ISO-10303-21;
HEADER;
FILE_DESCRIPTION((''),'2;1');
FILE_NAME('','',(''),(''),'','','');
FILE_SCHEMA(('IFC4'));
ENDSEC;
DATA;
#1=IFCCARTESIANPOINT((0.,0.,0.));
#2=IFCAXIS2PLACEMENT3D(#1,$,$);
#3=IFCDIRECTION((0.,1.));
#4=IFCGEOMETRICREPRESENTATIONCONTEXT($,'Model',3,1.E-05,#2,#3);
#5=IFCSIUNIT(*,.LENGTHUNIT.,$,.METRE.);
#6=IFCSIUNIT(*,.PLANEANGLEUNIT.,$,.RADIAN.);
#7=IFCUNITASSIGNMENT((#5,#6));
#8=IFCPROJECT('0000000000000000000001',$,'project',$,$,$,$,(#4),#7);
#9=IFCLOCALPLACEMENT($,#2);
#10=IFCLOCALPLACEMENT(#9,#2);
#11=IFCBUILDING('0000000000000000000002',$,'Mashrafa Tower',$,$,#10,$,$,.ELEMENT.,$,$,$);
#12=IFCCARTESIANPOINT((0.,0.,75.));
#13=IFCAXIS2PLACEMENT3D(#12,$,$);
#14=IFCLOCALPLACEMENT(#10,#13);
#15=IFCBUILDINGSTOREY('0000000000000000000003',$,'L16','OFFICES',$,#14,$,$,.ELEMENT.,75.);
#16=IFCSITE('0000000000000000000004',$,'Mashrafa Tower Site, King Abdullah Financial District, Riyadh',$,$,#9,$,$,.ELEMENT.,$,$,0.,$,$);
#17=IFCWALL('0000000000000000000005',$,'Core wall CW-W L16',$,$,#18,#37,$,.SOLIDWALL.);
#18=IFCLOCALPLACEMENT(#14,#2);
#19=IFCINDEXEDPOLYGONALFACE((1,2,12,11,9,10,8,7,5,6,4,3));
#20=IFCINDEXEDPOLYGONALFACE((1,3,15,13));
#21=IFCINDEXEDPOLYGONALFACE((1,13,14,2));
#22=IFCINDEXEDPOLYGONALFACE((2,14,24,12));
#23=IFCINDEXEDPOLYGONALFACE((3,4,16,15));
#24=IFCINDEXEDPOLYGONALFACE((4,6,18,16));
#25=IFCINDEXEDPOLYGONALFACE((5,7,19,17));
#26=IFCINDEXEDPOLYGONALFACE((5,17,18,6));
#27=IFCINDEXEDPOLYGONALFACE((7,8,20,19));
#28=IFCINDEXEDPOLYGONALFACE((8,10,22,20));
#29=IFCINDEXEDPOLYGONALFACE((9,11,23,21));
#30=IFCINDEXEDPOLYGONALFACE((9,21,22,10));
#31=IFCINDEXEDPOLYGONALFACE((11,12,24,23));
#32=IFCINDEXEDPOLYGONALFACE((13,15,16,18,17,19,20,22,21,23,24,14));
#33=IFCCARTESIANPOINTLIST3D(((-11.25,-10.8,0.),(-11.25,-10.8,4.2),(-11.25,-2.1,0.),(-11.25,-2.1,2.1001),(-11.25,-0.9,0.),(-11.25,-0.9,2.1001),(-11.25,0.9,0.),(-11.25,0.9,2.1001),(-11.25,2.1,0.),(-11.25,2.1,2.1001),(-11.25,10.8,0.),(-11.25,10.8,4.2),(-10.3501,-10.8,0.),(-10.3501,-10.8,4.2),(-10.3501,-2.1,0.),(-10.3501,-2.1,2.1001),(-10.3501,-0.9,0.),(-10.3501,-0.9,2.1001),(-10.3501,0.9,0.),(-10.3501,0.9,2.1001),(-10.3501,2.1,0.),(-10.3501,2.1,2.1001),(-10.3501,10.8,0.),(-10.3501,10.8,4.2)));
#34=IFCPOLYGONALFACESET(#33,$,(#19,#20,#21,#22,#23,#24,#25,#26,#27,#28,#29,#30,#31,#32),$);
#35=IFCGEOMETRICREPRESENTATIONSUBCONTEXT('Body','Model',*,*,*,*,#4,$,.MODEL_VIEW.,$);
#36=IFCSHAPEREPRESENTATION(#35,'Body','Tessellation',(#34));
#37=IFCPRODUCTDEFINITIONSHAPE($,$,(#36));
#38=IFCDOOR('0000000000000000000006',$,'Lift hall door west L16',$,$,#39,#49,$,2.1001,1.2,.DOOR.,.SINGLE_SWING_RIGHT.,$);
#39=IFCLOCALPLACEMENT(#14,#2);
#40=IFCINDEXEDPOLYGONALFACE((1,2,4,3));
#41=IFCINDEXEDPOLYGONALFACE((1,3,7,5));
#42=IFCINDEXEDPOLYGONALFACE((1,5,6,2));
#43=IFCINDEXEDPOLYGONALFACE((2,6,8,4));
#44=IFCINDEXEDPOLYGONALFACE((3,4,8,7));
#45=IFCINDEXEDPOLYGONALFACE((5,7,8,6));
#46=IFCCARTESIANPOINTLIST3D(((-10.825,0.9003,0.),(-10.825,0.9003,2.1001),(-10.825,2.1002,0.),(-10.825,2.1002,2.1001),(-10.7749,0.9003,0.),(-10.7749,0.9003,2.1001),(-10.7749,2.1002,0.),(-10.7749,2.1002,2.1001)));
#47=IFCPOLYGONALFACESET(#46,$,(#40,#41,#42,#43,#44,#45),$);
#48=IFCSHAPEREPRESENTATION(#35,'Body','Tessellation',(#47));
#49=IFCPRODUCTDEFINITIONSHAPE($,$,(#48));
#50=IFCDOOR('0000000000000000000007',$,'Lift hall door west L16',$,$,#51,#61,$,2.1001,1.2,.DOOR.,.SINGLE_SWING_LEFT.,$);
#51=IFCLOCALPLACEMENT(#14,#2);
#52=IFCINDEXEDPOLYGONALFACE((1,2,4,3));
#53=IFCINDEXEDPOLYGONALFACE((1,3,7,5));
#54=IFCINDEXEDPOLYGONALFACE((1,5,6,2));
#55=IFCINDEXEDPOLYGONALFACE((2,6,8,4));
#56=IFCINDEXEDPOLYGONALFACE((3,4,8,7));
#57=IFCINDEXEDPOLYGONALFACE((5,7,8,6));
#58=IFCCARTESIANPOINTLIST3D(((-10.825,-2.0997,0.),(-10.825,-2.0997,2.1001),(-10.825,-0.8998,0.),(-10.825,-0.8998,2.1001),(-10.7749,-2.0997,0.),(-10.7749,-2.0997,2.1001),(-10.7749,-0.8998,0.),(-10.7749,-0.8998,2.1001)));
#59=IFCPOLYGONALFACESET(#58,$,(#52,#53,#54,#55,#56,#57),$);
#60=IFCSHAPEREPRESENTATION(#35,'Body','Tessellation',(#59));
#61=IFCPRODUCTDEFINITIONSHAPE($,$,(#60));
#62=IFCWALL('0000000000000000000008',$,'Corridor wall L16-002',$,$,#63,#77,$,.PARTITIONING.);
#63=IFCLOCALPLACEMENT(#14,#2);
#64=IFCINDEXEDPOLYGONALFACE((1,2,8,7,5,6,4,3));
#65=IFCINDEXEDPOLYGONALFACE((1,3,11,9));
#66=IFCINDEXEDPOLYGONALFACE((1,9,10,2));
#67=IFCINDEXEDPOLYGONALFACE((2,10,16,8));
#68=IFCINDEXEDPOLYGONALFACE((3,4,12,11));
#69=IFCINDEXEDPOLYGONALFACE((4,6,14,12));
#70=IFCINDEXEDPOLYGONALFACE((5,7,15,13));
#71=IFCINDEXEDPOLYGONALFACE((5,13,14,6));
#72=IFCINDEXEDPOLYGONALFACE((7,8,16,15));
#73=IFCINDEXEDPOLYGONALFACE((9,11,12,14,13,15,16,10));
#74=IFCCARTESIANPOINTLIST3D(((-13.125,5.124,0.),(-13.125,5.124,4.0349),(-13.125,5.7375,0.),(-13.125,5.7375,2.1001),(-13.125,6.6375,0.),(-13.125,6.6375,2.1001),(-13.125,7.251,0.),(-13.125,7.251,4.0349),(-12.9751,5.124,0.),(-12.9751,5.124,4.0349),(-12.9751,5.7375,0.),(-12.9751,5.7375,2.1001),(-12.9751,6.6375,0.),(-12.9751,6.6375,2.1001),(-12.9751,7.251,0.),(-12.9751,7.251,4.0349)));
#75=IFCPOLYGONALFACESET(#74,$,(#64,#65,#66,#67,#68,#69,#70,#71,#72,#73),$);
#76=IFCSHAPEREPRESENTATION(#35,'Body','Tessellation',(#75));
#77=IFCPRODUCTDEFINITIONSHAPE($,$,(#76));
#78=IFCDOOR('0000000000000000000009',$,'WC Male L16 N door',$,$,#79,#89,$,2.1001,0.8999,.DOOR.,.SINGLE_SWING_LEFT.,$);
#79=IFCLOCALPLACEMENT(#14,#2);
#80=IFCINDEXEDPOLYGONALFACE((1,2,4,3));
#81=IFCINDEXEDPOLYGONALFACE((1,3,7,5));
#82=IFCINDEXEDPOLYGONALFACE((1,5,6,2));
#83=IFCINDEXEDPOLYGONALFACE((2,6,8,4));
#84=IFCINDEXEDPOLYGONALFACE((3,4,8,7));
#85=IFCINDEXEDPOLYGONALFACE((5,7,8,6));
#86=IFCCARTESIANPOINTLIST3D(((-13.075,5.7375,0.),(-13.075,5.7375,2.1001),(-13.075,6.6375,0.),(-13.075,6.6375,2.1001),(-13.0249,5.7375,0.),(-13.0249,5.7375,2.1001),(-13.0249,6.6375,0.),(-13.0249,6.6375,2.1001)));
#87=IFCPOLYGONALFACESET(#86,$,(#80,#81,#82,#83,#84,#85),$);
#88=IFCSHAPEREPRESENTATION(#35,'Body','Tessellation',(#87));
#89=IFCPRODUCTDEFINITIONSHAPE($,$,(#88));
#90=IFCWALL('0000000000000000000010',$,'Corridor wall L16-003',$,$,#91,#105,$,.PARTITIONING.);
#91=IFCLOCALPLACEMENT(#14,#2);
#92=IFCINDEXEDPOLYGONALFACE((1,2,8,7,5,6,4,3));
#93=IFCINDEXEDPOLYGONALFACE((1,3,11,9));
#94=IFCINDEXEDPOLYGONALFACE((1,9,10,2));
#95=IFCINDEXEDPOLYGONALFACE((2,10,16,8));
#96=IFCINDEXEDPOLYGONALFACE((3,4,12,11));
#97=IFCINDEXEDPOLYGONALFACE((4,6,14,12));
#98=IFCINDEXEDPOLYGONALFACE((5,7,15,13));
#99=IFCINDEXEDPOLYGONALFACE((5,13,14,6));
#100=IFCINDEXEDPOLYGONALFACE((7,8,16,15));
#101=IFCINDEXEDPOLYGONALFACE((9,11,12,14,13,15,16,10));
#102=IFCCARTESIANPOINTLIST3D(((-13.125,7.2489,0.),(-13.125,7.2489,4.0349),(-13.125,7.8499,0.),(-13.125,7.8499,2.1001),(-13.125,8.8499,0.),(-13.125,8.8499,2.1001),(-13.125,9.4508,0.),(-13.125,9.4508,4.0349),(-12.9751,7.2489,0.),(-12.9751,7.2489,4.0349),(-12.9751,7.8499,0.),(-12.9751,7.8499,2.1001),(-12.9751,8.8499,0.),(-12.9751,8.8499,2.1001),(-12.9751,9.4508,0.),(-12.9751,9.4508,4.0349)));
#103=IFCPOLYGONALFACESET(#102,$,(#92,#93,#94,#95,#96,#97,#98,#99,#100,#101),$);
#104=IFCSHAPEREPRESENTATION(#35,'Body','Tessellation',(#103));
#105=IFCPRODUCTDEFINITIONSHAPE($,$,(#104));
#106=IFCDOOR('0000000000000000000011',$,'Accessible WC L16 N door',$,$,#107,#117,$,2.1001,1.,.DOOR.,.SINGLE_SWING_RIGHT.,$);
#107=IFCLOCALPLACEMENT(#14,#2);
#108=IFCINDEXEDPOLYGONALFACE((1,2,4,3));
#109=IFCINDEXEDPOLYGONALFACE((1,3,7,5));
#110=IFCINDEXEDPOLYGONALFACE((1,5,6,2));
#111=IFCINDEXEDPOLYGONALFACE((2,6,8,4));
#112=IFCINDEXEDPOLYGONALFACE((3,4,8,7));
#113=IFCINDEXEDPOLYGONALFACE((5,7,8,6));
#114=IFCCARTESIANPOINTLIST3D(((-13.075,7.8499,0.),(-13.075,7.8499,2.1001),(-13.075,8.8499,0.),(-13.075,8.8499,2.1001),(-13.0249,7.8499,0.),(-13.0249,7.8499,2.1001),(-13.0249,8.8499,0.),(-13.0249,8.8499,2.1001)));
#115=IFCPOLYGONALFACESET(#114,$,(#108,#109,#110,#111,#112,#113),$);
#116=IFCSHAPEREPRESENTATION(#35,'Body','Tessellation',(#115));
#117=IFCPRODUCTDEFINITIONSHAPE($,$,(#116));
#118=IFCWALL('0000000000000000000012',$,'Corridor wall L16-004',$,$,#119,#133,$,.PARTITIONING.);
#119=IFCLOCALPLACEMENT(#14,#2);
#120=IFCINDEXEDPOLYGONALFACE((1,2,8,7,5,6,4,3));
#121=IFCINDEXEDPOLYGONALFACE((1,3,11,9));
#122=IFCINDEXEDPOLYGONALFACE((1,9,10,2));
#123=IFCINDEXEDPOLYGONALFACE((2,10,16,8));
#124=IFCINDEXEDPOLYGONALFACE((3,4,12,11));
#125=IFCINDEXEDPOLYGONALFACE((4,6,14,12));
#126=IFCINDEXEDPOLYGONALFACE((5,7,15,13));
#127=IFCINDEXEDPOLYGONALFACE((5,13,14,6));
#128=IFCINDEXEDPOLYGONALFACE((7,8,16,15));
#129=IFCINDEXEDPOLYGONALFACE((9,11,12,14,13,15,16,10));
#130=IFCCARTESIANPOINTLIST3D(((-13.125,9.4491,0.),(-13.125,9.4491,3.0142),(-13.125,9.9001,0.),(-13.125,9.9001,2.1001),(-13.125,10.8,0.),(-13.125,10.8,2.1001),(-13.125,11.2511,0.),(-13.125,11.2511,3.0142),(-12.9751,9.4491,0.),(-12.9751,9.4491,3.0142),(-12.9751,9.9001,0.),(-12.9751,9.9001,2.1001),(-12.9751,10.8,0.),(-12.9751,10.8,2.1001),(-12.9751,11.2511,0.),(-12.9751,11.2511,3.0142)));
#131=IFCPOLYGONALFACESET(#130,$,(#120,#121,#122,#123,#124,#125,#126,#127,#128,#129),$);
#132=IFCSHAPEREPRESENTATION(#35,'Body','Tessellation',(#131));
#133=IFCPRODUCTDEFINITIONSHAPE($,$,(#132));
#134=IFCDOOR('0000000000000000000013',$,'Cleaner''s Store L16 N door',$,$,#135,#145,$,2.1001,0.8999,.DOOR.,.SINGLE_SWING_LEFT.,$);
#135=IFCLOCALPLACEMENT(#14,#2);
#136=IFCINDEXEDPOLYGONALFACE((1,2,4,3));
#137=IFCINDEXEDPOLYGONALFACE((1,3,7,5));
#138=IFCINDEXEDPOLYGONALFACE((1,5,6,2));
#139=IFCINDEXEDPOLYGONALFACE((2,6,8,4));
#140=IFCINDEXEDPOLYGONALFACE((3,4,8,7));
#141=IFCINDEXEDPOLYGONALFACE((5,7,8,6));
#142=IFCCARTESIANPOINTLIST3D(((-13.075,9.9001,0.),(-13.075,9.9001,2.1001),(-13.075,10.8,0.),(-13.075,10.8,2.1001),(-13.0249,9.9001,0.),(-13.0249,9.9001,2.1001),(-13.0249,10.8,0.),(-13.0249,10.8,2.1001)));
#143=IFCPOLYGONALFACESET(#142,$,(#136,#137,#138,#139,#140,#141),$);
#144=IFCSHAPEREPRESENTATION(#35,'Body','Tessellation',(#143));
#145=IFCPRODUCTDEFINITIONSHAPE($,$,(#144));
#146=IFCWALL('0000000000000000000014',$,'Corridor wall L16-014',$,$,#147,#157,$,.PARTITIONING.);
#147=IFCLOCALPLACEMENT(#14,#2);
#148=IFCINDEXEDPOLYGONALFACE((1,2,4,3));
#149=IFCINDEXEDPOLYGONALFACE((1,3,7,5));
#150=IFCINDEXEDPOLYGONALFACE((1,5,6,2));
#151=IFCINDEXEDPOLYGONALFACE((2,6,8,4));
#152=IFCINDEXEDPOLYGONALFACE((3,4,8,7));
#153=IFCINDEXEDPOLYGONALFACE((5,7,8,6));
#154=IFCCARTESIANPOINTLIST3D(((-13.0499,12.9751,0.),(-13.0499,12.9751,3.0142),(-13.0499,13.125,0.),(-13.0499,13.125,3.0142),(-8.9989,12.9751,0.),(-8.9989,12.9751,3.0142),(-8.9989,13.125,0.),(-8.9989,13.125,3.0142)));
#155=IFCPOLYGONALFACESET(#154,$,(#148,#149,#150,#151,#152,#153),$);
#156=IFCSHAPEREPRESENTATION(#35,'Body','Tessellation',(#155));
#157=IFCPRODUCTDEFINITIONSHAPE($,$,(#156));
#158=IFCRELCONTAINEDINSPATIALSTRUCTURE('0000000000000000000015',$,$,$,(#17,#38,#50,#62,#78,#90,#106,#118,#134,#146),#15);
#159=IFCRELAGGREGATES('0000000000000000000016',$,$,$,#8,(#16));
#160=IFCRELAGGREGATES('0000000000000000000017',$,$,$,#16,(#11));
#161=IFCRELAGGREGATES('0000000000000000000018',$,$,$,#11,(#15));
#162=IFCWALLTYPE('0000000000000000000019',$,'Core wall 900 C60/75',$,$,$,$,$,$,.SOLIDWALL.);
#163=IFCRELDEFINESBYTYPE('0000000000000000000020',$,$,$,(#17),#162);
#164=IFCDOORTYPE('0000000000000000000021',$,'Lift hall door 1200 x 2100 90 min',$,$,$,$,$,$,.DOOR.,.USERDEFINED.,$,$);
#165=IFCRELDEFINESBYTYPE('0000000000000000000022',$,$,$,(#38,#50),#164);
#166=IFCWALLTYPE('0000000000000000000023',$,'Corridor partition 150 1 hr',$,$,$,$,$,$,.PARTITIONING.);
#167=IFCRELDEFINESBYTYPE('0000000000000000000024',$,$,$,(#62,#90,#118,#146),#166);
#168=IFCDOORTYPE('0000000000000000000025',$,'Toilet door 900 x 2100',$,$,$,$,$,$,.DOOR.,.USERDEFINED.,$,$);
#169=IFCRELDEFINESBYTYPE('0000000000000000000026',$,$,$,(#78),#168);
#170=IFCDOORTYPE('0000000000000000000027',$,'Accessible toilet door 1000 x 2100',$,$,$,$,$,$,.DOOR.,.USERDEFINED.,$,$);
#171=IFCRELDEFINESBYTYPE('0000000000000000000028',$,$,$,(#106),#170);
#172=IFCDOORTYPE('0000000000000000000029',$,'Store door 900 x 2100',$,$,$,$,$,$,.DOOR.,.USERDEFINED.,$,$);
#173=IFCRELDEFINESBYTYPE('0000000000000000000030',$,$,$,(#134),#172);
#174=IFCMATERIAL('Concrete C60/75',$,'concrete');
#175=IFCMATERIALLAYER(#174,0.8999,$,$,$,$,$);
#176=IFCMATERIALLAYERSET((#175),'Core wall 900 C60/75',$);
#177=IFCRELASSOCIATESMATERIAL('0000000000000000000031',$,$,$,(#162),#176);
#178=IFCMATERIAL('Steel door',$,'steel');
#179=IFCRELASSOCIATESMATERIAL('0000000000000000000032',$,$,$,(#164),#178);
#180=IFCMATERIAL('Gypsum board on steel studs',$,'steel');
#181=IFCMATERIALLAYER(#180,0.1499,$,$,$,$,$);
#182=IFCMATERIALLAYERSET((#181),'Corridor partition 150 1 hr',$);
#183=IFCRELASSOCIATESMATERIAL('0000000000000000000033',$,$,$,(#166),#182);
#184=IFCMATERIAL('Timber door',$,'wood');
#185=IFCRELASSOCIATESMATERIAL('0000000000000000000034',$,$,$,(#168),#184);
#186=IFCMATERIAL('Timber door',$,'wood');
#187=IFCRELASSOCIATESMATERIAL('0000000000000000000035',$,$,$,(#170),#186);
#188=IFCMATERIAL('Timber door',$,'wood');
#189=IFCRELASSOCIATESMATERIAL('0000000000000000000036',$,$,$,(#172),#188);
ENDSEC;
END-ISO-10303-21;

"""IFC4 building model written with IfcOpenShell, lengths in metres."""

from ifc_helpers import new_model, si_unit, direction, frame, frame_2d, origin, place, context, subcontext, project, spatial, rectangle, extrude, material, layer, layer_set, type_object, element, fill, save


model = new_model("IFC4")

# Units and contexts
model_context = context("Model", 3, precision=1e-05, world=origin(), true_north=direction((0.0, 1.0)))
body_context = subcontext(model_context, "Body", "Model", "MODEL_VIEW")
ifc_project = project(units=[si_unit("LENGTHUNIT", "METRE"), si_unit("PLANEANGLEUNIT", "RADIAN")], contexts=[model_context])

# Site, building, storey
site_placement = place(None, origin())
site = spatial("IfcSite", under=ifc_project, at=site_placement, Name="Mashrafa Tower Site, King Abdullah Financial District, Riyadh", CompositionType="ELEMENT", RefElevation=0.0)
building_placement = place(site_placement, origin())
building = spatial("IfcBuilding", under=site, at=building_placement, Name="Mashrafa Tower", CompositionType="ELEMENT")
storey_placement = place(building_placement, frame((0.0, 0.0, 75.0)))
storey = spatial("IfcBuildingStorey", under=building, at=storey_placement, Name="L16", Description="OFFICES", CompositionType="ELEMENT", Elevation=75.0)

# Wall, openings, doors
ifc_material_1 = material(Name="Concrete C60/75", Category="concrete")
ifc_layer_1 = layer(ifc_material_1, 0.8999)
ifc_layer_set_1 = layer_set([ifc_layer_1], Name="Core wall 900 C60/75")
wall_type_1 = type_object("IfcWallType", Name="Core wall 900 C60/75", PredefinedType="SOLIDWALL", material=ifc_layer_set_1)
wall_1_placement = place(storey_placement, frame((-10.8, 10.8, 0.0), z_axis=(0.0, 0.0, 1.0), x_axis=(0.0, -1.0, 0.0)))
wall_1 = element("IfcWall", 1, at=wall_1_placement, inside=storey, type_object=wall_type_1, Name="Core wall CW-W L16", PredefinedType="SOLIDWALL", context=body_context, shape_type="SweptSolid", body=[
    extrude(rectangle(XDim=21.6001, YDim=0.8999, at=frame_2d((10.8, 0.0))), origin(), (0.0, 0.0, 1.0), 4.2),
])
opening_1_placement = place(wall_1_placement, frame((8.7, 0.0, 0.0)))
opening_1 = element("IfcOpeningElement", 2, at=opening_1_placement, cuts=wall_1, PredefinedType="OPENING", context=body_context, shape_type="SweptSolid", body=[
    extrude(rectangle(XDim=1.2, YDim=2.1001, at=frame_2d((0.6001, 1.05))), frame((0.0, 0.46, 0.0), z_axis=(0.0, -1.0, 0.0), x_axis=(1.0, 0.0, 0.0)), (0.0, 0.0, 1.0), 0.9199),
])
opening_2_placement = place(wall_1_placement, frame((11.7, 0.0, 0.0)))
opening_2 = element("IfcOpeningElement", 3, at=opening_2_placement, cuts=wall_1, PredefinedType="OPENING", context=body_context, shape_type="SweptSolid", body=[
    extrude(rectangle(XDim=1.2, YDim=2.1001, at=frame_2d((0.6001, 1.05))), frame((0.0, 0.46, 0.0), z_axis=(0.0, -1.0, 0.0), x_axis=(1.0, 0.0, 0.0)), (0.0, 0.0, 1.0), 0.9199),
])
ifc_material_2 = material(Name="Steel door", Category="steel")
door_type_1 = type_object("IfcDoorType", Name="Lift hall door 1200 x 2100 90 min", OperationType="USERDEFINED", PredefinedType="DOOR", material=ifc_material_2)
door_1_placement = place(opening_1_placement, frame((1.2, 0.0, 0.0), z_axis=(0.0, 0.0, 1.0), x_axis=(-1.0, 0.0, 0.0)))
door_1 = element("IfcDoor", 4, at=door_1_placement, inside=storey, type_object=door_type_1, Name="Lift hall door west L16", OperationType="SINGLE_SWING_RIGHT", OverallHeight=2.1001, OverallWidth=1.2, PredefinedType="DOOR", context=body_context, shape_type="SweptSolid", body=[
    extrude(rectangle(XDim=1.2, YDim=2.1001, at=frame_2d((0.6001, 1.05))), frame((0.0, 0.0249, 0.0), z_axis=(0.0, -1.0, 0.0), x_axis=(1.0, 0.0, 0.0)), (0.0, 0.0, 1.0), 0.05),
])
fill(opening_1, door_1)
door_2_placement = place(opening_2_placement, frame((1.2, 0.0, 0.0), z_axis=(0.0, 0.0, 1.0), x_axis=(-1.0, 0.0, 0.0)))
door_2 = element("IfcDoor", 5, at=door_2_placement, inside=storey, type_object=door_type_1, Name="Lift hall door west L16", OperationType="SINGLE_SWING_LEFT", OverallHeight=2.1001, OverallWidth=1.2, PredefinedType="DOOR", context=body_context, shape_type="SweptSolid", body=[
    extrude(rectangle(XDim=1.2, YDim=2.1001, at=frame_2d((0.6001, 1.05))), frame((0.0, 0.0249, 0.0), z_axis=(0.0, -1.0, 0.0), x_axis=(1.0, 0.0, 0.0)), (0.0, 0.0, 1.0), 0.05),
])
fill(opening_2, door_2)

# Walls, openings, doors
ifc_material_3 = material(Name="Gypsum board on steel studs", Category="steel")
ifc_layer_2 = layer(ifc_material_3, 0.1499)
ifc_layer_set_2 = layer_set([ifc_layer_2], Name="Corridor partition 150 1 hr")
wall_type_2 = type_object("IfcWallType", Name="Corridor partition 150 1 hr", PredefinedType="PARTITIONING", material=ifc_layer_set_2)
wall_2_placement = place(storey_placement, frame((-13.05, 7.251, 0.0), z_axis=(0.0, 0.0, 1.0), x_axis=(0.0, -1.0, 0.0)))
wall_2 = element("IfcWall", 6, at=wall_2_placement, inside=storey, type_object=wall_type_2, Name="Corridor wall L16-002", PredefinedType="PARTITIONING", context=body_context, shape_type="SweptSolid", body=[
    extrude(rectangle(XDim=2.127, YDim=0.1499, at=frame_2d((1.0635, 0.0))), origin(), (0.0, 0.0, 1.0), 4.0349),
])
opening_3_placement = place(wall_2_placement, frame((0.6135, 0.0, 0.0)))
opening_3 = element("IfcOpeningElement", 7, at=opening_3_placement, cuts=wall_2, PredefinedType="OPENING", context=body_context, shape_type="SweptSolid", body=[
    extrude(rectangle(XDim=0.8999, YDim=2.1001, at=frame_2d((0.45, 1.05))), frame((0.0, 0.085, 0.0), z_axis=(0.0, -1.0, 0.0), x_axis=(1.0, 0.0, 0.0)), (0.0, 0.0, 1.0), 0.1699),
])
ifc_material_4 = material(Name="Timber door", Category="wood")
door_type_2 = type_object("IfcDoorType", Name="Toilet door 900 x 2100", OperationType="USERDEFINED", PredefinedType="DOOR", material=ifc_material_4)
door_3_placement = place(opening_3_placement, frame((0.8999, 0.0, 0.0), z_axis=(0.0, 0.0, 1.0), x_axis=(-1.0, 0.0, 0.0)))
door_3 = element("IfcDoor", 8, at=door_3_placement, inside=storey, type_object=door_type_2, Name="WC Male L16 N door", OperationType="SINGLE_SWING_LEFT", OverallHeight=2.1001, OverallWidth=0.8999, PredefinedType="DOOR", context=body_context, shape_type="SweptSolid", body=[
    extrude(rectangle(XDim=0.8999, YDim=2.1001, at=frame_2d((0.45, 1.05))), frame((0.0, 0.0249, 0.0), z_axis=(0.0, -1.0, 0.0), x_axis=(1.0, 0.0, 0.0)), (0.0, 0.0, 1.0), 0.05),
])
fill(opening_3, door_3)
wall_3_placement = place(storey_placement, frame((-13.05, 9.4509, 0.0), z_axis=(0.0, 0.0, 1.0), x_axis=(0.0, -1.0, 0.0)))
wall_3 = element("IfcWall", 9, at=wall_3_placement, inside=storey, type_object=wall_type_2, Name="Corridor wall L16-003", PredefinedType="PARTITIONING", context=body_context, shape_type="SweptSolid", body=[
    extrude(rectangle(XDim=2.2019, YDim=0.1499, at=frame_2d((1.1011, 0.0))), origin(), (0.0, 0.0, 1.0), 4.0349),
])
opening_4_placement = place(wall_3_placement, frame((0.6011, 0.0, 0.0)))
opening_4 = element("IfcOpeningElement", 10, at=opening_4_placement, cuts=wall_3, PredefinedType="OPENING", context=body_context, shape_type="SweptSolid", body=[
    extrude(rectangle(XDim=1.0, YDim=2.1001, at=frame_2d((0.5, 1.05))), frame((0.0, 0.085, 0.0), z_axis=(0.0, -1.0, 0.0), x_axis=(1.0, 0.0, 0.0)), (0.0, 0.0, 1.0), 0.1699),
])
ifc_material_5 = material(Name="Timber door", Category="wood")
door_type_3 = type_object("IfcDoorType", Name="Accessible toilet door 1000 x 2100", OperationType="USERDEFINED", PredefinedType="DOOR", material=ifc_material_5)
door_4_placement = place(opening_4_placement, frame((1.0, 0.0, 0.0), z_axis=(0.0, 0.0, 1.0), x_axis=(-1.0, 0.0, 0.0)))
door_4 = element("IfcDoor", 11, at=door_4_placement, inside=storey, type_object=door_type_3, Name="Accessible WC L16 N door", OperationType="SINGLE_SWING_RIGHT", OverallHeight=2.1001, OverallWidth=1.0, PredefinedType="DOOR", context=body_context, shape_type="SweptSolid", body=[
    extrude(rectangle(XDim=1.0, YDim=2.1001, at=frame_2d((0.5, 1.05))), frame((0.0, 0.0249, 0.0), z_axis=(0.0, -1.0, 0.0), x_axis=(1.0, 0.0, 0.0)), (0.0, 0.0, 1.0), 0.05),
])
fill(opening_4, door_4)
wall_4_placement = place(storey_placement, frame((-13.05, 11.251, 0.0), z_axis=(0.0, 0.0, 1.0), x_axis=(0.0, -1.0, 0.0)))
wall_4 = element("IfcWall", 12, at=wall_4_placement, inside=storey, type_object=wall_type_2, Name="Corridor wall L16-004", PredefinedType="PARTITIONING", context=body_context, shape_type="SweptSolid", body=[
    extrude(rectangle(XDim=1.802, YDim=0.1499, at=frame_2d((0.9009, 0.0))), origin(), (0.0, 0.0, 1.0), 3.0142),
])
opening_5_placement = place(wall_4_placement, frame((0.4509, 0.0, 0.0)))
opening_5 = element("IfcOpeningElement", 13, at=opening_5_placement, cuts=wall_4, PredefinedType="OPENING", context=body_context, shape_type="SweptSolid", body=[
    extrude(rectangle(XDim=0.8999, YDim=2.1001, at=frame_2d((0.45, 1.05))), frame((0.0, 0.085, 0.0), z_axis=(0.0, -1.0, 0.0), x_axis=(1.0, 0.0, 0.0)), (0.0, 0.0, 1.0), 0.1699),
])
ifc_material_6 = material(Name="Timber door", Category="wood")
door_type_4 = type_object("IfcDoorType", Name="Store door 900 x 2100", OperationType="USERDEFINED", PredefinedType="DOOR", material=ifc_material_6)
door_5_placement = place(opening_5_placement, frame((0.8999, 0.0, 0.0), z_axis=(0.0, 0.0, 1.0), x_axis=(-1.0, 0.0, 0.0)))
door_5 = element("IfcDoor", 14, at=door_5_placement, inside=storey, type_object=door_type_4, Name="Cleaner's Store L16 N door", OperationType="SINGLE_SWING_LEFT", OverallHeight=2.1001, OverallWidth=0.8999, PredefinedType="DOOR", context=body_context, shape_type="SweptSolid", body=[
    extrude(rectangle(XDim=0.8999, YDim=2.1001, at=frame_2d((0.45, 1.05))), frame((0.0, 0.0249, 0.0), z_axis=(0.0, -1.0, 0.0), x_axis=(1.0, 0.0, 0.0)), (0.0, 0.0, 1.0), 0.05),
])
fill(opening_5, door_5)

# Wall
wall_5_placement = place(storey_placement, frame((-8.999, 13.05, 0.0), z_axis=(0.0, 0.0, 1.0), x_axis=(-1.0, 0.0, 0.0)))
element("IfcWall", 15, at=wall_5_placement, inside=storey, type_object=wall_type_2, Name="Corridor wall L16-014", PredefinedType="PARTITIONING", context=body_context, shape_type="SweptSolid", body=[
    extrude(rectangle(XDim=4.051, YDim=0.1499, at=frame_2d((2.0254, 0.0))), origin(), (0.0, 0.0, 1.0), 3.0142),
])

save(model, "model.ifc")
